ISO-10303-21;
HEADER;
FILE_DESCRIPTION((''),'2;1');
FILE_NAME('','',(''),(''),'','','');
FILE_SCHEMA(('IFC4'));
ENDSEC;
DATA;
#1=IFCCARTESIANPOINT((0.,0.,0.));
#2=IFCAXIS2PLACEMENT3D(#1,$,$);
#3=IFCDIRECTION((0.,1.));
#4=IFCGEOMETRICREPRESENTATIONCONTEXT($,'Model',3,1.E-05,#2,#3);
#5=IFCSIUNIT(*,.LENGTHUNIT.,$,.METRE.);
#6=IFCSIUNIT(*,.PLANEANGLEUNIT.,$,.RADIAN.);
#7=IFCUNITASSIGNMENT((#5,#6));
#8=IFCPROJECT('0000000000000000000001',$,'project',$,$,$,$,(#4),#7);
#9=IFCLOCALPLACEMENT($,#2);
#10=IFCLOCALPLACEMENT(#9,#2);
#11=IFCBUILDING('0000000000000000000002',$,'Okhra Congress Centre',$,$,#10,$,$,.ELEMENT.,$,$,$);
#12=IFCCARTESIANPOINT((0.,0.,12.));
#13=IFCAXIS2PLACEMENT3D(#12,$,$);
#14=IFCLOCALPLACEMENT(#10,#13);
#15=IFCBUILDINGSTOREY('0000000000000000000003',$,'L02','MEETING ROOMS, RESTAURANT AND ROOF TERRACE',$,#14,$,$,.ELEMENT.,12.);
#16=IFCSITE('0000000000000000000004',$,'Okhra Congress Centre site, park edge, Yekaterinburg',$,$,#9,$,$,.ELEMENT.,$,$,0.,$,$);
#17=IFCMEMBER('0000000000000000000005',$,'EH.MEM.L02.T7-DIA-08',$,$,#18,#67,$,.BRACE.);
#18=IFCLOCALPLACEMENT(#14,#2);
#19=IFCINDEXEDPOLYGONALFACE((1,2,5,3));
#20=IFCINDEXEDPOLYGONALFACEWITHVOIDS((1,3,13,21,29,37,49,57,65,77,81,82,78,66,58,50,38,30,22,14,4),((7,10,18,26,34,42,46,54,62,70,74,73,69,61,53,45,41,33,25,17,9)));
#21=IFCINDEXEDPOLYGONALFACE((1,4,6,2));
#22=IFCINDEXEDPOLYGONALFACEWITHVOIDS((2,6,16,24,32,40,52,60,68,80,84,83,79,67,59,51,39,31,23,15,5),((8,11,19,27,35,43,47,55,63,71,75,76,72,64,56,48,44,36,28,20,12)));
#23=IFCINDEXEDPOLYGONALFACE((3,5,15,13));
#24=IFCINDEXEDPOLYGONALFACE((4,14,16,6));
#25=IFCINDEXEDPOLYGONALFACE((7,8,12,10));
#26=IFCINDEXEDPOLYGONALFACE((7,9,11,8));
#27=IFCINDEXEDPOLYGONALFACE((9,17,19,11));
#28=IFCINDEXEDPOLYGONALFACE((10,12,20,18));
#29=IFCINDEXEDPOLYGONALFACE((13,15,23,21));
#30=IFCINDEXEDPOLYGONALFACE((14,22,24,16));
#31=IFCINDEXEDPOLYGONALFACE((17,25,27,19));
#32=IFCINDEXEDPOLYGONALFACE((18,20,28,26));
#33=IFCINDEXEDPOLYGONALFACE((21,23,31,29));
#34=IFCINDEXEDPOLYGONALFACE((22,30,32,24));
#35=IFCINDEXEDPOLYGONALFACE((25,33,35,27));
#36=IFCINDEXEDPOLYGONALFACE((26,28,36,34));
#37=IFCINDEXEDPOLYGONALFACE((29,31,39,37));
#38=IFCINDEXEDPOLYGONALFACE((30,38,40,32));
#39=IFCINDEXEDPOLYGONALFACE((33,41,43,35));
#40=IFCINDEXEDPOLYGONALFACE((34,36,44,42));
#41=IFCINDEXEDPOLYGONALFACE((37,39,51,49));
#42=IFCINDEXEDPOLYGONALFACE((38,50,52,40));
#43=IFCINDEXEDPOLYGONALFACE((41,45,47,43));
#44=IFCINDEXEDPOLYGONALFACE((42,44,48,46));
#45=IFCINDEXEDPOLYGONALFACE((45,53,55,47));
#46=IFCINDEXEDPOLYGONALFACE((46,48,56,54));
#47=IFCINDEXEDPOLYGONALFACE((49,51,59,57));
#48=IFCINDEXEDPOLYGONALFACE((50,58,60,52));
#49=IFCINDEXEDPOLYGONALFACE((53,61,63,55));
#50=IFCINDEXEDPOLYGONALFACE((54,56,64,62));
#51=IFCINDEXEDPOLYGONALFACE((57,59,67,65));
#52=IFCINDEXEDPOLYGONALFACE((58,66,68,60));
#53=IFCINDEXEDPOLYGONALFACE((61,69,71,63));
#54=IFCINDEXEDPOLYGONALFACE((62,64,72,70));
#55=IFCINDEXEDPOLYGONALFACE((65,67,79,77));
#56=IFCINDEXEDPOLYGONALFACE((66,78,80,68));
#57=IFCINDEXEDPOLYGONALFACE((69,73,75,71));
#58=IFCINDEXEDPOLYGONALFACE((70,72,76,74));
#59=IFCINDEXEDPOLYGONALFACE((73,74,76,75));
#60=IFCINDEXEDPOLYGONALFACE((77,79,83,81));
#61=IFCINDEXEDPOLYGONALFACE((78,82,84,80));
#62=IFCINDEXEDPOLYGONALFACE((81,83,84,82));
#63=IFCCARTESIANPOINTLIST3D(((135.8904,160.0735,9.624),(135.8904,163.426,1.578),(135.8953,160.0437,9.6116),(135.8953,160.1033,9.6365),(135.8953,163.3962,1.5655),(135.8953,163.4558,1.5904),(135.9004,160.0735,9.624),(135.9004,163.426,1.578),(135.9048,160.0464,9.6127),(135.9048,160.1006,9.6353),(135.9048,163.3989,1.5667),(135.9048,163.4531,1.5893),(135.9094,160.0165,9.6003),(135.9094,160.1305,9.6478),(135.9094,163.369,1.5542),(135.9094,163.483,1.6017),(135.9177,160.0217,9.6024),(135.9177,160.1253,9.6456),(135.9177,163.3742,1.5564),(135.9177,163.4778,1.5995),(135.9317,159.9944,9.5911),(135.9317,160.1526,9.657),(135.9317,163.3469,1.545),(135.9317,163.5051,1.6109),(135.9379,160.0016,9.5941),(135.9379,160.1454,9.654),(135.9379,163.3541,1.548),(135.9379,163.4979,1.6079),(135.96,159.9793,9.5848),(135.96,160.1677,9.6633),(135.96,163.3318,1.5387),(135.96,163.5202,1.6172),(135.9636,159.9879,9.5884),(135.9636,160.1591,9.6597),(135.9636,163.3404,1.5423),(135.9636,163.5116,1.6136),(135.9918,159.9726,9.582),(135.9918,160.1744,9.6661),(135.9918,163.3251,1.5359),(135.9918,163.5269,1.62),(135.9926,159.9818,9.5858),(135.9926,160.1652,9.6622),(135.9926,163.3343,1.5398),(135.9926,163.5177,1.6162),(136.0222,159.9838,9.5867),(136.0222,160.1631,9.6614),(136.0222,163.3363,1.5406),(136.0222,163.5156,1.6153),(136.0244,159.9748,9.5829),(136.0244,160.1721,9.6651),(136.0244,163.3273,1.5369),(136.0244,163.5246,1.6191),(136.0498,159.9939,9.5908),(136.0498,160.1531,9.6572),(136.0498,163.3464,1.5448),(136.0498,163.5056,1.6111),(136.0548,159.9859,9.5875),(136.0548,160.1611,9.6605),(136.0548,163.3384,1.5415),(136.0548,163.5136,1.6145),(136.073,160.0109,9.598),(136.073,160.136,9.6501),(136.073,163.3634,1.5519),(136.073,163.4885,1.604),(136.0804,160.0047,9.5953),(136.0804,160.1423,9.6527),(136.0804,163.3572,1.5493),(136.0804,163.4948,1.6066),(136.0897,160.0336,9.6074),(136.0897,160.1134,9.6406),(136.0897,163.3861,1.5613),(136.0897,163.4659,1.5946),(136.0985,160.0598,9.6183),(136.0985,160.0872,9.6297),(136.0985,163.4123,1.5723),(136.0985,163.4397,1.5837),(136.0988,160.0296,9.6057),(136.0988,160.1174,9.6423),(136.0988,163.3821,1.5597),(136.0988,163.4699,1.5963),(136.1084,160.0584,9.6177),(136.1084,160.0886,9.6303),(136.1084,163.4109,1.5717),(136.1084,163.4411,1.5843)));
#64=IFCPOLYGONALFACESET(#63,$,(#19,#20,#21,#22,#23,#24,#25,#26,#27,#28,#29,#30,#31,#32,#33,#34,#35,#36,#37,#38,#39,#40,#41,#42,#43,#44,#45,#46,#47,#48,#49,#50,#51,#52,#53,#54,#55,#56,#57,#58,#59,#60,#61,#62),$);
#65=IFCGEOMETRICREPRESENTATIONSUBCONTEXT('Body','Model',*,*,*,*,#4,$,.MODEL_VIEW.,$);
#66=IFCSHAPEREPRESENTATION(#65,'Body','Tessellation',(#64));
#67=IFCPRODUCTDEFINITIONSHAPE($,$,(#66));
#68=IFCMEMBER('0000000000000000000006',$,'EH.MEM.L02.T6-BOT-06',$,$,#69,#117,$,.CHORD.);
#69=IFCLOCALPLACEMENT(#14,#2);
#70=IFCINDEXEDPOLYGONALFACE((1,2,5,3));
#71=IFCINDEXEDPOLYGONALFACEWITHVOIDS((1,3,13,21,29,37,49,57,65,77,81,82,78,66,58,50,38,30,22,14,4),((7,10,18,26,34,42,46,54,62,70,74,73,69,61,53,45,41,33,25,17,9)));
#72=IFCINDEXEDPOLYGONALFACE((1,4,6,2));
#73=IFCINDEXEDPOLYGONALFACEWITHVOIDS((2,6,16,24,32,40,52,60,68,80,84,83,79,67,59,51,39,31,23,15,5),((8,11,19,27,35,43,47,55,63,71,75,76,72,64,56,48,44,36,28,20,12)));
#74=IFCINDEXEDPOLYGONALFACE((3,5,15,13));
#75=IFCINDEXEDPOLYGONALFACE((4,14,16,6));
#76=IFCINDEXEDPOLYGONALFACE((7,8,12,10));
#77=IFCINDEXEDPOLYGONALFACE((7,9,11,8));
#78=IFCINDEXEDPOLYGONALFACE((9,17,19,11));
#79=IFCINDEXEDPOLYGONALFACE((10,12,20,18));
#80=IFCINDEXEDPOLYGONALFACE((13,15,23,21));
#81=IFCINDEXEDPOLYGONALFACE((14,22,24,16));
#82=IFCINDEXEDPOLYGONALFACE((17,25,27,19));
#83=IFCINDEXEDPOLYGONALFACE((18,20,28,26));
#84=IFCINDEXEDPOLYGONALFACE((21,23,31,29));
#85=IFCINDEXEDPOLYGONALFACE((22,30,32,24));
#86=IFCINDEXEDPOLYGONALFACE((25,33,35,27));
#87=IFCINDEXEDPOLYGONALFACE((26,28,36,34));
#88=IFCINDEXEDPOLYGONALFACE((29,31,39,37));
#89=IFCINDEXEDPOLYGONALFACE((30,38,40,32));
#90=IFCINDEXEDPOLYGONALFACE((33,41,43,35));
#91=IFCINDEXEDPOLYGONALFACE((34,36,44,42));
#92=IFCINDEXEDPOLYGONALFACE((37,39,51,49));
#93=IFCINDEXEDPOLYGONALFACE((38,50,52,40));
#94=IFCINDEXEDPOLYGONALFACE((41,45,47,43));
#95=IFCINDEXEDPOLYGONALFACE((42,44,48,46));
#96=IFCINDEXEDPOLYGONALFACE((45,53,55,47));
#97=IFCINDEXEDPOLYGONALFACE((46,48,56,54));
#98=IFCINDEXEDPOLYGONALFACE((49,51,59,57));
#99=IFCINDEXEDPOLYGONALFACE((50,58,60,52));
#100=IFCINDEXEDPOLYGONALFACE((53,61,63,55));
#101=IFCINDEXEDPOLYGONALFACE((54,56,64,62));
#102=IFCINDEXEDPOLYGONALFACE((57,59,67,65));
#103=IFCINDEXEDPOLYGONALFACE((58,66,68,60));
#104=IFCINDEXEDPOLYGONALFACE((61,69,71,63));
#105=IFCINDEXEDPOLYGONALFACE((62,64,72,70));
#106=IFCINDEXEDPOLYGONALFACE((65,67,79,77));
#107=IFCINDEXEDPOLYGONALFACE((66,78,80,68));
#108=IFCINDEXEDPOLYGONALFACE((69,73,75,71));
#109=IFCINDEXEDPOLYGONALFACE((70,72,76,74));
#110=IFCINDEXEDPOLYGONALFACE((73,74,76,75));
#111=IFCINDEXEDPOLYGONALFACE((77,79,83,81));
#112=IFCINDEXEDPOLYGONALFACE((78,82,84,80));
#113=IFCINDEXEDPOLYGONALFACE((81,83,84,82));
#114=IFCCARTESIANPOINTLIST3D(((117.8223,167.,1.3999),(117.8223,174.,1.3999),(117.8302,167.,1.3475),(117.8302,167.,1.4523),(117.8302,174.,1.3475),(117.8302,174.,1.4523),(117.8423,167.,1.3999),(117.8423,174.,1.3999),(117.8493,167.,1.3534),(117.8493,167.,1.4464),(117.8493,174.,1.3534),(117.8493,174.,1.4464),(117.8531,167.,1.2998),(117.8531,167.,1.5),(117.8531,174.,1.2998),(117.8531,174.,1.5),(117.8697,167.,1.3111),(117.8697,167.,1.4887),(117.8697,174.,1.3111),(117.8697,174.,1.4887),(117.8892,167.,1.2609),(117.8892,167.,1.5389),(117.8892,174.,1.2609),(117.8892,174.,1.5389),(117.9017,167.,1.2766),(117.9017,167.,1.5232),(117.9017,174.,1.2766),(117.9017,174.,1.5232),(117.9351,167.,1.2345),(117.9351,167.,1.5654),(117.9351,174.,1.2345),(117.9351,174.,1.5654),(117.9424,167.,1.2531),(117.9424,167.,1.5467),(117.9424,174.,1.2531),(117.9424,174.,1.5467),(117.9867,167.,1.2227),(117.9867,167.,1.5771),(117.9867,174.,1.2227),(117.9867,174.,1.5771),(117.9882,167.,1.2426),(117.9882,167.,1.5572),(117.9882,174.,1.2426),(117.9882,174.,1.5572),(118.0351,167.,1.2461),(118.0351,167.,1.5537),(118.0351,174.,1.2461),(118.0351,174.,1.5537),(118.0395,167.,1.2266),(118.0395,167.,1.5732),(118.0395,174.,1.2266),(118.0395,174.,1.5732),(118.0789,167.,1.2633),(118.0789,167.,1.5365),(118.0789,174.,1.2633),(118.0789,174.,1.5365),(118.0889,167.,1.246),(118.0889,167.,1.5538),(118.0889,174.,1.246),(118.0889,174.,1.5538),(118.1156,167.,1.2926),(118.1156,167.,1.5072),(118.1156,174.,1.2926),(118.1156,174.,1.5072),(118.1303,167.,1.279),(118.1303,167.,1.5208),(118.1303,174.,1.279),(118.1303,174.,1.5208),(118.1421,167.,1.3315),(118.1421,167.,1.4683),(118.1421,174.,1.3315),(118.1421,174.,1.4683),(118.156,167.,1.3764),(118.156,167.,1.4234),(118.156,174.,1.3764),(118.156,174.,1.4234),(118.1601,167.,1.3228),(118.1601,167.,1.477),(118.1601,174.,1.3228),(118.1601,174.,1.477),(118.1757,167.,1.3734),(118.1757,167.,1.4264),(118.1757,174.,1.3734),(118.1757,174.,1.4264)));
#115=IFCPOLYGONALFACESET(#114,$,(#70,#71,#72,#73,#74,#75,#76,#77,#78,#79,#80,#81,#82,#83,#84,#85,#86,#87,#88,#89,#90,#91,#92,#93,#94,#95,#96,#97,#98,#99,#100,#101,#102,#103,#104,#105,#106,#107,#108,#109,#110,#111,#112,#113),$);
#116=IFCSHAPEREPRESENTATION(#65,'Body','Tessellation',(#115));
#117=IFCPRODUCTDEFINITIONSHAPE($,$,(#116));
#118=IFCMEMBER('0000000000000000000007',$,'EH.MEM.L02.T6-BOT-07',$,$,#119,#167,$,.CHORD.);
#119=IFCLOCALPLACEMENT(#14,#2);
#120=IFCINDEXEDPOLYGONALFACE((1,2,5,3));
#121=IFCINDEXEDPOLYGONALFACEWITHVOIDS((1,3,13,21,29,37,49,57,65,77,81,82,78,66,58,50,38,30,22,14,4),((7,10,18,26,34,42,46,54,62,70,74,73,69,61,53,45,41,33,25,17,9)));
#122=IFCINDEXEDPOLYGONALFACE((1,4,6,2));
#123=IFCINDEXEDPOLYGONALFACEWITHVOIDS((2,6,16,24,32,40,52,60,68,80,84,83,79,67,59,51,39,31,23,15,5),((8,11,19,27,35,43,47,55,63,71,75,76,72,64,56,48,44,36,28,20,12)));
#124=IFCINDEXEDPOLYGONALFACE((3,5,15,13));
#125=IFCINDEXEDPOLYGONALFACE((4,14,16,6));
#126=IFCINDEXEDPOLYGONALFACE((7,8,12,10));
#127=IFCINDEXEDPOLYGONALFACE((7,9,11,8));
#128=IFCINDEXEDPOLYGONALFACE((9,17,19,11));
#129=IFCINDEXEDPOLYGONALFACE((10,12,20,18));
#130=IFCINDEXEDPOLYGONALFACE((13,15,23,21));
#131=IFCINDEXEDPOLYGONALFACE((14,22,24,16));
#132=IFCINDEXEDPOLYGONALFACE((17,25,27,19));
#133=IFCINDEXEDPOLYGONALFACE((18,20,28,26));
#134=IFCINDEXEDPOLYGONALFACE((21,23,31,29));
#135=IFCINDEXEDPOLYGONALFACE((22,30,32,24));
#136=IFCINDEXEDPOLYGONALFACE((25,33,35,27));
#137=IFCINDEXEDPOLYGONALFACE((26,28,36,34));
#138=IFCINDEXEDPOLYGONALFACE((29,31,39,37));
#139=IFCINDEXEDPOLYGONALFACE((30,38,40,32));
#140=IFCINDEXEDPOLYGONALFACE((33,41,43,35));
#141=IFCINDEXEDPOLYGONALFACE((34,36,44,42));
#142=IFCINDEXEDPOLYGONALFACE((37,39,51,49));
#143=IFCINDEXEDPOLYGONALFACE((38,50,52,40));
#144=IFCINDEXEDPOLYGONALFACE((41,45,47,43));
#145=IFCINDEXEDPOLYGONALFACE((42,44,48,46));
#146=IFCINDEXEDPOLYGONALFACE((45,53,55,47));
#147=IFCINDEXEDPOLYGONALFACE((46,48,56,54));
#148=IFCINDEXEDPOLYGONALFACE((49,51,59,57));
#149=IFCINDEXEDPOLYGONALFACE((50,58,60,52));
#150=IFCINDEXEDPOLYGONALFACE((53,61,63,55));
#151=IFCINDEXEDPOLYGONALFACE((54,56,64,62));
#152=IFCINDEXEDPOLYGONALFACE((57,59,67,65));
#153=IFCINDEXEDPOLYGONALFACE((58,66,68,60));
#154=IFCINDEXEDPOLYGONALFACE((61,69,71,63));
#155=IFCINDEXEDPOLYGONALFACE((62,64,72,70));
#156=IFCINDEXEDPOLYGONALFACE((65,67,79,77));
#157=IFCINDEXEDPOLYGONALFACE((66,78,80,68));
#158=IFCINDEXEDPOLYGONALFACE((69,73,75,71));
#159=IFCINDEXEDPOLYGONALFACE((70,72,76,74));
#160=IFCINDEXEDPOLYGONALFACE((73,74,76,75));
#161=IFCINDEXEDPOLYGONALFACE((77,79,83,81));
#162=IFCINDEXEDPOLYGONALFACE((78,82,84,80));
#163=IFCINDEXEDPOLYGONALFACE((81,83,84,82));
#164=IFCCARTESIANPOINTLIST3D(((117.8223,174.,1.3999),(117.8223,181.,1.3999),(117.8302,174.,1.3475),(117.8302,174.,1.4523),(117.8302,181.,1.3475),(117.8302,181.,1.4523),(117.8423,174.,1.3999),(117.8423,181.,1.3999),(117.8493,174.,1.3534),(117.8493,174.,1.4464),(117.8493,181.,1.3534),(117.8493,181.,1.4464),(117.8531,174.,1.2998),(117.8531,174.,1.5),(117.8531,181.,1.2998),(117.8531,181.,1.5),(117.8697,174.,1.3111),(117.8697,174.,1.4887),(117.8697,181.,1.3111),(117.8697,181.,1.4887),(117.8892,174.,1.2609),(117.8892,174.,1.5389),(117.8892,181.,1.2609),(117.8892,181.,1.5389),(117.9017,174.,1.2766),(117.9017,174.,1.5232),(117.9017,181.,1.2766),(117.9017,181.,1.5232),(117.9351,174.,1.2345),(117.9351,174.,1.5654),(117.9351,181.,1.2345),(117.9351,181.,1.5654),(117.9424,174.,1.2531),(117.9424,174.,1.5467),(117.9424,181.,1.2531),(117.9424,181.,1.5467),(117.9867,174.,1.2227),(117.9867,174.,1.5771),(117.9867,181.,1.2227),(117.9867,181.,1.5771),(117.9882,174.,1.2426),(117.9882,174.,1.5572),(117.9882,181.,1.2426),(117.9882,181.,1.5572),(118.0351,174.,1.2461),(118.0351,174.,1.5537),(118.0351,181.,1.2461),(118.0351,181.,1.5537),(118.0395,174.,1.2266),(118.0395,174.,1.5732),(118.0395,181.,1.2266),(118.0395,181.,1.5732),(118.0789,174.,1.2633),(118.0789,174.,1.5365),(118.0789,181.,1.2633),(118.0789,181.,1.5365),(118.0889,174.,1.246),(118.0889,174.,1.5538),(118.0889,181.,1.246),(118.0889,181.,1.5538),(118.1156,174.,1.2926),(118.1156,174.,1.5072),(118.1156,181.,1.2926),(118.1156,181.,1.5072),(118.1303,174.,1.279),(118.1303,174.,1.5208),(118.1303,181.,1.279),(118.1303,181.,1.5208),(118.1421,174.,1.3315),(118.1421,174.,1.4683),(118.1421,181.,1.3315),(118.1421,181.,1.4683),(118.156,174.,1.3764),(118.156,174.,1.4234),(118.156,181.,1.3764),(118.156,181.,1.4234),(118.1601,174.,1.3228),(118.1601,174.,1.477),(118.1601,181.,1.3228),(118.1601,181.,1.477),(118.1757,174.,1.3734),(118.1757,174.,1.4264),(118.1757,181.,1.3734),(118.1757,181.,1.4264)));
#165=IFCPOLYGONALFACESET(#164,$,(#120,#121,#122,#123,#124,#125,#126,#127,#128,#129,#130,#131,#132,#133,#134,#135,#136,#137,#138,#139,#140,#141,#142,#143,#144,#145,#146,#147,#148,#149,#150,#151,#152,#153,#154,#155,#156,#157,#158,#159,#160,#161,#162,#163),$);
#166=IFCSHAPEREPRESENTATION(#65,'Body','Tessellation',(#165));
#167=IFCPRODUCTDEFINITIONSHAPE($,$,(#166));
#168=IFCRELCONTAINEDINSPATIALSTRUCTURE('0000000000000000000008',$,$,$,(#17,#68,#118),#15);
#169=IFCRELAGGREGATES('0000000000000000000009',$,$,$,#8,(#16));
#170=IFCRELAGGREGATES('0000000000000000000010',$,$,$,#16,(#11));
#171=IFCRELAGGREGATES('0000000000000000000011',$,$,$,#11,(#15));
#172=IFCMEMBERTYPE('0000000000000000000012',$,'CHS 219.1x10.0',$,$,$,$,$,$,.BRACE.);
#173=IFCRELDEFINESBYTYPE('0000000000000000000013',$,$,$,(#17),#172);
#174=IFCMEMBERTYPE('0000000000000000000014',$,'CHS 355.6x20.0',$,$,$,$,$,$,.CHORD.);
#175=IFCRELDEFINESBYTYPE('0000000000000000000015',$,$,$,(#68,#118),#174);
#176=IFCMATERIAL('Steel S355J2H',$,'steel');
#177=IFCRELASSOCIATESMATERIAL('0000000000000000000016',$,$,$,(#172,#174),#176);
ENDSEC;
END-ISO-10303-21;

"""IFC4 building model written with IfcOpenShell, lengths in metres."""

from ifc_helpers import new_model, si_unit, direction, frame, origin, origin_2d, place, context, subcontext, project, spatial, hollow_circle, extrude, material, material_profile, profile_set, type_object, element, save


model = new_model("IFC4")

# Units and contexts
model_context = context("Model", 3, precision=1e-05, world=origin(), true_north=direction((0.0, 1.0)))
body_context = subcontext(model_context, "Body", "Model", "MODEL_VIEW")
ifc_project = project(units=[si_unit("LENGTHUNIT", "METRE"), si_unit("PLANEANGLEUNIT", "RADIAN")], contexts=[model_context])

# Site, building, storey
site_placement = place(None, origin())
site = spatial("IfcSite", under=ifc_project, at=site_placement, Name="Okhra Congress Centre site, park edge, Yekaterinburg", CompositionType="ELEMENT", RefElevation=0.0)
building_placement = place(site_placement, origin())
building = spatial("IfcBuilding", under=site, at=building_placement, Name="Okhra Congress Centre", CompositionType="ELEMENT")
storey_placement = place(building_placement, frame((0.0, 0.0, 12.0)))
storey = spatial("IfcBuildingStorey", under=building, at=storey_placement, Name="L02", Description="MEETING ROOMS, RESTAURANT AND ROOF TERRACE", CompositionType="ELEMENT", Elevation=12.0)

# Members
ifc_material_1 = material(Name="Steel S355J2H", Category="steel")
ifc_material_profile_1 = material_profile(ifc_material_1, hollow_circle(Radius=0.1096, WallThickness=0.01, at=origin_2d()), Name="CHS 219.1x10.0")
ifc_profile_set_1 = profile_set([ifc_material_profile_1], Name="Steel S355J2H")
member_type_1 = type_object("IfcMemberType", Name="CHS 219.1x10.0", PredefinedType="BRACE", material=ifc_profile_set_1)
member_1_placement = place(storey_placement, frame((136.0, 160.0735, 9.624), z_axis=(0.0, 0.384613, -0.923078), x_axis=(-1.0, 0.0, 0.0)))
element("IfcMember", 1, at=member_1_placement, inside=storey, type_object=member_type_1, Name="EH.MEM.L02.T7-DIA-08", PredefinedType="BRACE", context=body_context, shape_type="SweptSolid", body=[
    extrude(hollow_circle(Radius=0.1096, WallThickness=0.01, at=origin_2d()), origin(), (0.0, 0.0, 1.0), 8.7166),
])
ifc_material_profile_2 = material_profile(ifc_material_1, hollow_circle(Radius=0.1777, WallThickness=0.02, at=origin_2d()), Name="CHS 355.6x20.0")
ifc_profile_set_2 = profile_set([ifc_material_profile_2], Name="Steel S355J2H")
member_type_2 = type_object("IfcMemberType", Name="CHS 355.6x20.0", PredefinedType="CHORD", material=ifc_profile_set_2)
for number, where, z_axis, x_axis, name in (
    (2, (118.0, 167.0, 1.3999), (0.0, 1.0, 0.0), (-1.0, 0.0, 0.0), "EH.MEM.L02.T6-BOT-06"),
    (3, (118.0, 174.0, 1.3999), (0.0, 1.0, 0.0), (-1.0, 0.0, 0.0), "EH.MEM.L02.T6-BOT-07"),
):
    element("IfcMember", number, at=place(storey_placement, frame(where, z_axis=z_axis, x_axis=x_axis)), inside=storey, type_object=member_type_2, Name=name, PredefinedType="CHORD", context=body_context, shape_type="SweptSolid", body=[
        extrude(hollow_circle(Radius=0.1777, WallThickness=0.02, at=origin_2d()), origin(), (0.0, 0.0, 1.0), 7.0),
    ])

save(model, "model.ifc")
